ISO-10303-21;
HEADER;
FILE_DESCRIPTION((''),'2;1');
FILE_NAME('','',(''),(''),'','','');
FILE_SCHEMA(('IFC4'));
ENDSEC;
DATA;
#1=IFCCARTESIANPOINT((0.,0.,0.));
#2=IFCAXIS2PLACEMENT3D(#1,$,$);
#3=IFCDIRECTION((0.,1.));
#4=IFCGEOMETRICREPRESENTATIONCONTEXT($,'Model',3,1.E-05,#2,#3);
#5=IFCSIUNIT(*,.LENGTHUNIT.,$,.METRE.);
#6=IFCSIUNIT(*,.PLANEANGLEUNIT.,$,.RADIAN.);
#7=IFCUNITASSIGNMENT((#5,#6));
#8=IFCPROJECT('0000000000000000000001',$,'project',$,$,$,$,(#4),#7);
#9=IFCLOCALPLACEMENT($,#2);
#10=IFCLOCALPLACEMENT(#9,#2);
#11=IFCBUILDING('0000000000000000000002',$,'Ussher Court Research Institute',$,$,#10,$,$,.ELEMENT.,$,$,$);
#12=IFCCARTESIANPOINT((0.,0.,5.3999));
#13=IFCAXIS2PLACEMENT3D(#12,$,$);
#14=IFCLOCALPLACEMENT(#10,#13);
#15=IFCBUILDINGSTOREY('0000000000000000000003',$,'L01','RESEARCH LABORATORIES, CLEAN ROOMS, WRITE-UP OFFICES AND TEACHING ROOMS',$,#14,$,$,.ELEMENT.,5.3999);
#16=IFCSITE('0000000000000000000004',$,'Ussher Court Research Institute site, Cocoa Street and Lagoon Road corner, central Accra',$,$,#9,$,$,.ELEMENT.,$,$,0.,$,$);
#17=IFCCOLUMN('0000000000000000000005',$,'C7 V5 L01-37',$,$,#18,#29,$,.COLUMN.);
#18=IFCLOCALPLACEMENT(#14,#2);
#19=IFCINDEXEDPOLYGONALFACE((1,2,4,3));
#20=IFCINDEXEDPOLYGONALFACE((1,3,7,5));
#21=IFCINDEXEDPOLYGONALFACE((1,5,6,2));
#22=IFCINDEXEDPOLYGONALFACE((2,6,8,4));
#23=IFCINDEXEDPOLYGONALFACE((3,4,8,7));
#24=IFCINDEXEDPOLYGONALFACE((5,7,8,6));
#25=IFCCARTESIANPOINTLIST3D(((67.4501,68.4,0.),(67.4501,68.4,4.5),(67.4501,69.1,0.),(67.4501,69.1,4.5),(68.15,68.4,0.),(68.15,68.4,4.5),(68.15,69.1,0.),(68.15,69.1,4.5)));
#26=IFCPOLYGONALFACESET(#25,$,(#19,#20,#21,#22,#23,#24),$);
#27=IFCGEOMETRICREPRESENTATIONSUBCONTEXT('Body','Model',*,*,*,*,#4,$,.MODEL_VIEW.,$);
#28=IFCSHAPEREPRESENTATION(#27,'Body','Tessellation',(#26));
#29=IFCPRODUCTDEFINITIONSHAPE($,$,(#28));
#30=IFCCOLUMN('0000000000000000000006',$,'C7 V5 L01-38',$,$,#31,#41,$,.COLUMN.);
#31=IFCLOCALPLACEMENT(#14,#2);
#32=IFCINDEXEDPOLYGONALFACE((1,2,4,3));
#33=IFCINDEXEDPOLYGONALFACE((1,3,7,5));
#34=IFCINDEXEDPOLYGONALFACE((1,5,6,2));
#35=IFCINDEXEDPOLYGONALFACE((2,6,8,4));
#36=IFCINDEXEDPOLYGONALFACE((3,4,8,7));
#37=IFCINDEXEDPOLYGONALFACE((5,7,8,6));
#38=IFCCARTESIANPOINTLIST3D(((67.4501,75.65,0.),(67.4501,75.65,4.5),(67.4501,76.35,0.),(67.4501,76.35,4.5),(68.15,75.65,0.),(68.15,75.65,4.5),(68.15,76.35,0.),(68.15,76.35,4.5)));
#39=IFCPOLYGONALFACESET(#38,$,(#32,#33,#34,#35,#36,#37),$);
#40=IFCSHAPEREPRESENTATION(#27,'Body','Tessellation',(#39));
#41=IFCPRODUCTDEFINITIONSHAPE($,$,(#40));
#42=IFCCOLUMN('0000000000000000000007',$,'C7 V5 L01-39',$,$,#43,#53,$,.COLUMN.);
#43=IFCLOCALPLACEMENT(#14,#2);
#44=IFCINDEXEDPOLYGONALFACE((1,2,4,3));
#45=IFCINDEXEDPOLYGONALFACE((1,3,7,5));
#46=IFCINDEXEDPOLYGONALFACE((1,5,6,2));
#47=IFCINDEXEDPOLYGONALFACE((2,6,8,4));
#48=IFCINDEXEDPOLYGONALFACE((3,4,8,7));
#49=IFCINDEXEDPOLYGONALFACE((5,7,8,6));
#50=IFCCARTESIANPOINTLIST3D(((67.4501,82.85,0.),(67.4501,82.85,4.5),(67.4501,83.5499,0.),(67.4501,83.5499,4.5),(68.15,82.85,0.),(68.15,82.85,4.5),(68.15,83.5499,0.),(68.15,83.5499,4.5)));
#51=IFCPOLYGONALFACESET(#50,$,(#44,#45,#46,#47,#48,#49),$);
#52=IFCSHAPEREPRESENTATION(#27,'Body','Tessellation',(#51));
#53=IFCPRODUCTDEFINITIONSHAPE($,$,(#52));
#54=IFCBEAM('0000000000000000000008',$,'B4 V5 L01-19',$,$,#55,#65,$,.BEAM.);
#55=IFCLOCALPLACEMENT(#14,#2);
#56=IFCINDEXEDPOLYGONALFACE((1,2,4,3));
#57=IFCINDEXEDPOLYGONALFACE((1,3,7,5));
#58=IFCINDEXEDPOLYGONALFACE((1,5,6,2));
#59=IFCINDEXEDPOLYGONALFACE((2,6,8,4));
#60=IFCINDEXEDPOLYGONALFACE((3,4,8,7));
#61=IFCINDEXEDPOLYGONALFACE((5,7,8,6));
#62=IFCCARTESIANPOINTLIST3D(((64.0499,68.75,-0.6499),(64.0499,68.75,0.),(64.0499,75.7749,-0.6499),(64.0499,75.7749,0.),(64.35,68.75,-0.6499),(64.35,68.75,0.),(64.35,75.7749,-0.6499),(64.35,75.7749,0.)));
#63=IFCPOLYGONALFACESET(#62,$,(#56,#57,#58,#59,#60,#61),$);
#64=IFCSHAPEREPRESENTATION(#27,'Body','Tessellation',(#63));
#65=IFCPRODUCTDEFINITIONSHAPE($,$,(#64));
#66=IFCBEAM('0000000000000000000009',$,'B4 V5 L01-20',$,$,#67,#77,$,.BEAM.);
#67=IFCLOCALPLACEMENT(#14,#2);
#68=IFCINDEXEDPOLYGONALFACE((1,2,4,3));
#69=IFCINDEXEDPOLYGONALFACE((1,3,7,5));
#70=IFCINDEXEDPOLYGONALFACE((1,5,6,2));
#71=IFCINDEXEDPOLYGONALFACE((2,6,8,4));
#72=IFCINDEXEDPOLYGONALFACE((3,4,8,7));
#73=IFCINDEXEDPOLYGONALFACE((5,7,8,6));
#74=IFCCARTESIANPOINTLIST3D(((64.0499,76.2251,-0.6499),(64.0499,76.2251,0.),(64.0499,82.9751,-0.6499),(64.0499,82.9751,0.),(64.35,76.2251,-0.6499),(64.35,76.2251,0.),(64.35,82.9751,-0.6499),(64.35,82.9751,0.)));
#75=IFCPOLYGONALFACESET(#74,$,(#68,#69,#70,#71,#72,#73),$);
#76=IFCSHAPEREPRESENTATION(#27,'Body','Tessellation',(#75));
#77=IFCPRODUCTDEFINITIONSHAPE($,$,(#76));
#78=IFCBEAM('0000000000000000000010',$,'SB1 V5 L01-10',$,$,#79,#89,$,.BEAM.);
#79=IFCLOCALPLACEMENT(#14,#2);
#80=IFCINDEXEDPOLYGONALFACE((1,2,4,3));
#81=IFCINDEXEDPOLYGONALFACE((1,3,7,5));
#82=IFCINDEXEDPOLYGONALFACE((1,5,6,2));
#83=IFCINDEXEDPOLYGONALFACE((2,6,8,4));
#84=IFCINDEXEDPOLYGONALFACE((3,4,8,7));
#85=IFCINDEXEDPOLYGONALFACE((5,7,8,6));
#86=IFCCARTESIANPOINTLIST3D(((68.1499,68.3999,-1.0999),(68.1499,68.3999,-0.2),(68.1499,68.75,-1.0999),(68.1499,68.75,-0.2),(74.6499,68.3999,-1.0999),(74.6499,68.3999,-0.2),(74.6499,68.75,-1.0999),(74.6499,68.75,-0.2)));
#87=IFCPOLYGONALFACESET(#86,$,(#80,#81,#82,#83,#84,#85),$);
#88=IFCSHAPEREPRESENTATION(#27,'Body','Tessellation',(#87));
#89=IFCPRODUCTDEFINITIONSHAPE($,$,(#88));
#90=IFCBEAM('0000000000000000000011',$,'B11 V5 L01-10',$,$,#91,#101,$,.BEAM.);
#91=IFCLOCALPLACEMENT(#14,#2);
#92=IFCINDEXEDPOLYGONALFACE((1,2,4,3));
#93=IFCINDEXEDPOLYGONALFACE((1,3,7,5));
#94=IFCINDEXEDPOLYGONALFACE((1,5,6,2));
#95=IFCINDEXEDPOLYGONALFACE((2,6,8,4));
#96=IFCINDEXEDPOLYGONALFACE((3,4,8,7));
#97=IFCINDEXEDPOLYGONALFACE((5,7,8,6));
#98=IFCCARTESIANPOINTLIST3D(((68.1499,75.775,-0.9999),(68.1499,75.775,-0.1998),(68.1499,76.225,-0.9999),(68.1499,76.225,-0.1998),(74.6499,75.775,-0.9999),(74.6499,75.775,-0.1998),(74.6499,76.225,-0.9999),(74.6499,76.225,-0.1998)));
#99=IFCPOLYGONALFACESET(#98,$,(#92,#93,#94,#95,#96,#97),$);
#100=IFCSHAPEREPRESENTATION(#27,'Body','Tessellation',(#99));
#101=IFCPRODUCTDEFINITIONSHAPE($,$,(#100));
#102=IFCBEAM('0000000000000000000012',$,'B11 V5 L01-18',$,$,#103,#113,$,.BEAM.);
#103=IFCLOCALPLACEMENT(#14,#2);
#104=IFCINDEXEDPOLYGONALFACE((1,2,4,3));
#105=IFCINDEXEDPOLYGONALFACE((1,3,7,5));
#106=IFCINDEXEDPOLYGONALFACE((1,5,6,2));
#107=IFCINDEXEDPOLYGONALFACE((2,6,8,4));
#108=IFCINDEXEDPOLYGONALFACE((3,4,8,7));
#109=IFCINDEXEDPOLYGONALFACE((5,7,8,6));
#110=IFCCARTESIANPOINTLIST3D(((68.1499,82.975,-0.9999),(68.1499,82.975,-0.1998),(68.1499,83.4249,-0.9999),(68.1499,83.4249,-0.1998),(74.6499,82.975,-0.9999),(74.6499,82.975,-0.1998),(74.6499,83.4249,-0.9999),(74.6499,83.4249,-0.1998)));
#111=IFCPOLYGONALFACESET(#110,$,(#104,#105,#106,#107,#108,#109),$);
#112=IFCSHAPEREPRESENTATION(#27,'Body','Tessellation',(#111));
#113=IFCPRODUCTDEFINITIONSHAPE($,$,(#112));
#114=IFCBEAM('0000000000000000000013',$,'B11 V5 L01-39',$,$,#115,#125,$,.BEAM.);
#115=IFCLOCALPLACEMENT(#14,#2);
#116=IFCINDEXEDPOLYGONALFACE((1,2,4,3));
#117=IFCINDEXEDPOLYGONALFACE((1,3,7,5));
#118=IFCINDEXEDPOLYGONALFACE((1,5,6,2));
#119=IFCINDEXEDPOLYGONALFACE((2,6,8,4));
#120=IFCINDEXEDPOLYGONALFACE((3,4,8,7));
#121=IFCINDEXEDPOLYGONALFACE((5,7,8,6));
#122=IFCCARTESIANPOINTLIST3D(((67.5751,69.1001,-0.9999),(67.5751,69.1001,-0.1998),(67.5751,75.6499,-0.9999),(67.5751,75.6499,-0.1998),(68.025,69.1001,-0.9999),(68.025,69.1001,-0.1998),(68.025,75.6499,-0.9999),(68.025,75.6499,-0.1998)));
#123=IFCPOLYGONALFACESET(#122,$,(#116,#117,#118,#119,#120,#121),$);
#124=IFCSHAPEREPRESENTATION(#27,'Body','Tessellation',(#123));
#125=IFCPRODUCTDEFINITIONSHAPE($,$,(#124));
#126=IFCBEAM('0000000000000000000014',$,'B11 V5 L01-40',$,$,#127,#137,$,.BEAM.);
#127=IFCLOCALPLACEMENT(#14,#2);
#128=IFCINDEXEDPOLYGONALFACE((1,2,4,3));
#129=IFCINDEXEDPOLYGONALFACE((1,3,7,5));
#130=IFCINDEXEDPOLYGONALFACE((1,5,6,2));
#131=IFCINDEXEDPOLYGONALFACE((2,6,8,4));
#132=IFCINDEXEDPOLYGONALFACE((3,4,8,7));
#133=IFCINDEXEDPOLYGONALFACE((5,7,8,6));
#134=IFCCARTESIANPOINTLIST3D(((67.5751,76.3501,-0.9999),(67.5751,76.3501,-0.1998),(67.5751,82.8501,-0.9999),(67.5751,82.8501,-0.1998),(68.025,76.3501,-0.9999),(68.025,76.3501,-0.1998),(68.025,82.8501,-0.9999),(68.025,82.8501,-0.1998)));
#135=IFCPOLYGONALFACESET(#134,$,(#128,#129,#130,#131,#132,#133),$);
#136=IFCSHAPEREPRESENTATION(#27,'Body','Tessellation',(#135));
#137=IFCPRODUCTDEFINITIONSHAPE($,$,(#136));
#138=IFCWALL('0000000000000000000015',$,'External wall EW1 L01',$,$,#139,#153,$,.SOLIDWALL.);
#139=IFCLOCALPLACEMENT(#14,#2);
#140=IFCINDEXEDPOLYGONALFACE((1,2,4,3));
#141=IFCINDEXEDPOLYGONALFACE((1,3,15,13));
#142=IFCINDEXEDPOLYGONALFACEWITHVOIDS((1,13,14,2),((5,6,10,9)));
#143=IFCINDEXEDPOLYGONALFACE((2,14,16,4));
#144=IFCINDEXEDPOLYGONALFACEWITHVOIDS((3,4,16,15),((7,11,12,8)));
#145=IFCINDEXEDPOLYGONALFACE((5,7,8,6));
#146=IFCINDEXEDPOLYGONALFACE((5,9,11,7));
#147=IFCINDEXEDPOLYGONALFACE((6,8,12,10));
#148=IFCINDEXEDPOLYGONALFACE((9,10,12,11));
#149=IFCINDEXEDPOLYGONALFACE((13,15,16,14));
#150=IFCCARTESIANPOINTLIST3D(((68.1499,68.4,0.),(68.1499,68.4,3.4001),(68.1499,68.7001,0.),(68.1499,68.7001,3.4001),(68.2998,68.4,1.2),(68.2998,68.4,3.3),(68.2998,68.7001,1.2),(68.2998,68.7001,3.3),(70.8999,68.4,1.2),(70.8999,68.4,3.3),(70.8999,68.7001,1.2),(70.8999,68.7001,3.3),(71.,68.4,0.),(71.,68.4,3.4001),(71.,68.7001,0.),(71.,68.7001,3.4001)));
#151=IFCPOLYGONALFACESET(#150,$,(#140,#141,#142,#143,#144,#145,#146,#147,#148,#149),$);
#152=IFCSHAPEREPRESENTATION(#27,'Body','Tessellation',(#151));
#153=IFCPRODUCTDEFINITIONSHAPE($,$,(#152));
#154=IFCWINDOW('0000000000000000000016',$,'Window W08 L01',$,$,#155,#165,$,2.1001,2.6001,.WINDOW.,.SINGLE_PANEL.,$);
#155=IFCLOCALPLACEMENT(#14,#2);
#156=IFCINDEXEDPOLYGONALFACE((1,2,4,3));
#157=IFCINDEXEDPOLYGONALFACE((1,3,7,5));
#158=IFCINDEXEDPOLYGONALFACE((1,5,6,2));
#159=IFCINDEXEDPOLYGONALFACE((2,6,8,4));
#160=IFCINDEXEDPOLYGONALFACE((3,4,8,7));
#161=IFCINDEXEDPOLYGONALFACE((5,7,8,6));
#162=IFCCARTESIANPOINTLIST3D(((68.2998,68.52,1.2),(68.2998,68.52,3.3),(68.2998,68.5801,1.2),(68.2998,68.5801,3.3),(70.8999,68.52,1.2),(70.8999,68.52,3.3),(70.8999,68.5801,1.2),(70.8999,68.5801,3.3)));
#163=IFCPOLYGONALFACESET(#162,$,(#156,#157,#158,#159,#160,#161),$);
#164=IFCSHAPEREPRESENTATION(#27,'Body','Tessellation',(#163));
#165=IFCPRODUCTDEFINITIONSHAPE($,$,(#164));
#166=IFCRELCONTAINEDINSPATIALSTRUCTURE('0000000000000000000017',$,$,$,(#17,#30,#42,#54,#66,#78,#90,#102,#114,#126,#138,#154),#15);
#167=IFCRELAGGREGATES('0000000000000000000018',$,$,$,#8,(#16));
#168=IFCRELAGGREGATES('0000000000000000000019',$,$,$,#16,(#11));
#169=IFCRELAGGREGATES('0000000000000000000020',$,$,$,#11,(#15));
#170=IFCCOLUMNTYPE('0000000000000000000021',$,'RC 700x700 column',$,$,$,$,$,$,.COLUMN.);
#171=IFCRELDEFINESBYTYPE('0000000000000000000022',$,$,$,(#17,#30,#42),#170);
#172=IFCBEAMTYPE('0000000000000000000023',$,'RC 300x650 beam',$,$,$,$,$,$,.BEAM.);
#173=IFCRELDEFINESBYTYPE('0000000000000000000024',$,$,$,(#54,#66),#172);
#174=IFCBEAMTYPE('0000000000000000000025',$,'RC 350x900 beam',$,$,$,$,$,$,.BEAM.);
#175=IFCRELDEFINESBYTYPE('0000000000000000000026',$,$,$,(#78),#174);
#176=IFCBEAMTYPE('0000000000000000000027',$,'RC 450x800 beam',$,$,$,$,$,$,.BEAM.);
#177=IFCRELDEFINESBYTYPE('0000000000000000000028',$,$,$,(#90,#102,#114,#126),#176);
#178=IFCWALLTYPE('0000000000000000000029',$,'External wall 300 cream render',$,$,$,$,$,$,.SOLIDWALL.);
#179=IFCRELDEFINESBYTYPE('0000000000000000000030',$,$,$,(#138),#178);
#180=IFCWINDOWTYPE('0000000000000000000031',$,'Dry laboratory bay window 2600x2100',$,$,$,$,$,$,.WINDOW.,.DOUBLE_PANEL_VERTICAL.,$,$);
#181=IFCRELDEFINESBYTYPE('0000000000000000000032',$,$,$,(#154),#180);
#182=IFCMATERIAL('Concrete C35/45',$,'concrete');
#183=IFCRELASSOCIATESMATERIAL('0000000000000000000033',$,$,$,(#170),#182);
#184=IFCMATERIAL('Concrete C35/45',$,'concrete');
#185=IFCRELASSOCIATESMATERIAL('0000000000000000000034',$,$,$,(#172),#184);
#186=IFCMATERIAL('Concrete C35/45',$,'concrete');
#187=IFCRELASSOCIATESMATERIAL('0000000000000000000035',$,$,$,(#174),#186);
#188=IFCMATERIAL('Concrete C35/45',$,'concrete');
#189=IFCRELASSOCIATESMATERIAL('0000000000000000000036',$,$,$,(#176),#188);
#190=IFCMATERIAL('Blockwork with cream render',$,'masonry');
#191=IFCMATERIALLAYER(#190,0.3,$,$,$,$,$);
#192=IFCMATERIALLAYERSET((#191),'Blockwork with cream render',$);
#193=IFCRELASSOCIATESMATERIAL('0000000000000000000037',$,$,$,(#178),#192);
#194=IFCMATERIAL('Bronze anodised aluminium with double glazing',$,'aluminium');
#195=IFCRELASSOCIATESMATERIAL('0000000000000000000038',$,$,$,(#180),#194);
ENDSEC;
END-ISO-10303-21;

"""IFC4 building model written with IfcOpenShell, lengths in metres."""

from ifc_helpers import new_model, si_unit, direction, frame, frame_2d, origin, origin_2d, place, context, subcontext, project, spatial, rectangle, extrude, material, layer, layer_set, material_profile, profile_set, type_object, element, fill, save


model = new_model("IFC4")

# Units and contexts
model_context = context("Model", 3, precision=1e-05, world=origin(), true_north=direction((0.0, 1.0)))
body_context = subcontext(model_context, "Body", "Model", "MODEL_VIEW")
ifc_project = project(units=[si_unit("LENGTHUNIT", "METRE"), si_unit("PLANEANGLEUNIT", "RADIAN")], contexts=[model_context])

# Site, building, storey
site_placement = place(None, origin())
site = spatial("IfcSite", under=ifc_project, at=site_placement, Name="Ussher Court Research Institute site, Cocoa Street and Lagoon Road corner, central Accra", CompositionType="ELEMENT", RefElevation=0.0)
building_placement = place(site_placement, origin())
building = spatial("IfcBuilding", under=site, at=building_placement, Name="Ussher Court Research Institute", CompositionType="ELEMENT")
storey_placement = place(building_placement, frame((0.0, 0.0, 5.3999)))
storey = spatial("IfcBuildingStorey", under=building, at=storey_placement, Name="L01", Description="RESEARCH LABORATORIES, CLEAN ROOMS, WRITE-UP OFFICES AND TEACHING ROOMS", CompositionType="ELEMENT", Elevation=5.3999)

# Columns
ifc_material_1 = material(Name="Concrete C35/45", Category="concrete")
ifc_material_profile_1 = material_profile(ifc_material_1, rectangle(XDim=0.7, YDim=0.7, at=origin_2d()), Name="RC 700x700")
ifc_profile_set_1 = profile_set([ifc_material_profile_1], Name="Concrete C35/45")
column_type = type_object("IfcColumnType", Name="RC 700x700 column", PredefinedType="COLUMN", material=ifc_profile_set_1)
for number, where, z_axis, x_axis, name in (
    (1, (67.8, 68.75, 0.0), (0.0, 0.0, 1.0), (1.0, 0.0, 0.0), "C7 V5 L01-37"),
    (2, (67.8, 76.0, 0.0), (0.0, 0.0, 1.0), (1.0, 0.0, 0.0), "C7 V5 L01-38"),
    (3, (67.8, 83.2, 0.0), (0.0, 0.0, 1.0), (1.0, 0.0, 0.0), "C7 V5 L01-39"),
):
    element("IfcColumn", number, at=place(storey_placement, frame(where, z_axis=z_axis, x_axis=x_axis)), inside=storey, type_object=column_type, Name=name, PredefinedType="COLUMN", context=body_context, shape_type="SweptSolid", body=[
        extrude(rectangle(XDim=0.7, YDim=0.7, at=origin_2d()), origin(), (0.0, 0.0, 1.0), 4.5),
    ])

# Beams
ifc_material_2 = material(Name="Concrete C35/45", Category="concrete")
ifc_material_profile_2 = material_profile(ifc_material_2, rectangle(XDim=0.3, YDim=0.6499, at=origin_2d()), Name="RC 300x650")
ifc_profile_set_2 = profile_set([ifc_material_profile_2], Name="Concrete C35/45")
beam_type_1 = type_object("IfcBeamType", Name="RC 300x650 beam", PredefinedType="BEAM", material=ifc_profile_set_2)
beam_1_placement = place(storey_placement, frame((64.2, 68.75, -0.325), z_axis=(0.0, 1.0, 0.0), x_axis=(-1.0, 0.0, 0.0)))
element("IfcBeam", 4, at=beam_1_placement, inside=storey, type_object=beam_type_1, Name="B4 V5 L01-19", PredefinedType="BEAM", context=body_context, shape_type="SweptSolid", body=[
    extrude(rectangle(XDim=0.3, YDim=0.6499, at=origin_2d()), origin(), (0.0, 0.0, 1.0), 7.0249),
])
beam_2_placement = place(storey_placement, frame((64.2, 76.2251, -0.325), z_axis=(0.0, 1.0, 0.0), x_axis=(-1.0, 0.0, 0.0)))
element("IfcBeam", 5, at=beam_2_placement, inside=storey, type_object=beam_type_1, Name="B4 V5 L01-20", PredefinedType="BEAM", context=body_context, shape_type="SweptSolid", body=[
    extrude(rectangle(XDim=0.3, YDim=0.6499, at=origin_2d()), origin(), (0.0, 0.0, 1.0), 6.75),
])
ifc_material_3 = material(Name="Concrete C35/45", Category="concrete")
ifc_material_profile_3 = material_profile(ifc_material_3, rectangle(XDim=0.3501, YDim=0.8999, at=origin_2d()), Name="RC 350x900")
ifc_profile_set_3 = profile_set([ifc_material_profile_3], Name="Concrete C35/45")
beam_type_2 = type_object("IfcBeamType", Name="RC 350x900 beam", PredefinedType="BEAM", material=ifc_profile_set_3)
beam_3_placement = place(storey_placement, frame((68.1499, 68.575, -0.6499), z_axis=(1.0, 0.0, 0.0), x_axis=(0.0, 1.0, 0.0)))
element("IfcBeam", 6, at=beam_3_placement, inside=storey, type_object=beam_type_2, Name="SB1 V5 L01-10", PredefinedType="BEAM", context=body_context, shape_type="SweptSolid", body=[
    extrude(rectangle(XDim=0.3501, YDim=0.8999, at=origin_2d()), origin(), (0.0, 0.0, 1.0), 6.5),
])
ifc_material_4 = material(Name="Concrete C35/45", Category="concrete")
ifc_material_profile_4 = material_profile(ifc_material_4, rectangle(XDim=0.45, YDim=0.8, at=origin_2d()), Name="RC 450x800")
ifc_profile_set_4 = profile_set([ifc_material_profile_4], Name="Concrete C35/45")
beam_type_3 = type_object("IfcBeamType", Name="RC 450x800 beam", PredefinedType="BEAM", material=ifc_profile_set_4)
for number, where, z_axis, x_axis, name in (
    (7, (68.1499, 76.0, -0.5999), (1.0, 0.0, 0.0), (0.0, 1.0, 0.0), "B11 V5 L01-10"),
    (8, (68.1499, 83.2, -0.5999), (1.0, 0.0, 0.0), (0.0, 1.0, 0.0), "B11 V5 L01-18"),
):
    element("IfcBeam", number, at=place(storey_placement, frame(where, z_axis=z_axis, x_axis=x_axis)), inside=storey, type_object=beam_type_3, Name=name, PredefinedType="BEAM", context=body_context, shape_type="SweptSolid", body=[
        extrude(rectangle(XDim=0.45, YDim=0.8, at=origin_2d()), origin(), (0.0, 0.0, 1.0), 6.5),
    ])
beam_4_placement = place(storey_placement, frame((67.8, 69.1001, -0.5999), z_axis=(0.0, 1.0, 0.0), x_axis=(-1.0, 0.0, 0.0)))
element("IfcBeam", 9, at=beam_4_placement, inside=storey, type_object=beam_type_3, Name="B11 V5 L01-39", PredefinedType="BEAM", context=body_context, shape_type="SweptSolid", body=[
    extrude(rectangle(XDim=0.45, YDim=0.8, at=origin_2d()), origin(), (0.0, 0.0, 1.0), 6.5498),
])
beam_5_placement = place(storey_placement, frame((67.8, 76.3501, -0.5999), z_axis=(0.0, 1.0, 0.0), x_axis=(-1.0, 0.0, 0.0)))
element("IfcBeam", 10, at=beam_5_placement, inside=storey, type_object=beam_type_3, Name="B11 V5 L01-40", PredefinedType="BEAM", context=body_context, shape_type="SweptSolid", body=[
    extrude(rectangle(XDim=0.45, YDim=0.8, at=origin_2d()), origin(), (0.0, 0.0, 1.0), 6.5),
])

# Wall, opening, window
ifc_material_5 = material(Name="Blockwork with cream render", Category="masonry")
ifc_layer_1 = layer(ifc_material_5, 0.3)
ifc_layer_set_1 = layer_set([ifc_layer_1], Name="Blockwork with cream render")
wall_type_1 = type_object("IfcWallType", Name="External wall 300 cream render", PredefinedType="SOLIDWALL", material=ifc_layer_set_1)
wall_1_placement = place(storey_placement, frame((71.0, 68.55, 0.0), z_axis=(0.0, 0.0, 1.0), x_axis=(-1.0, 0.0, 0.0)))
wall_1 = element("IfcWall", 11, at=wall_1_placement, inside=storey, type_object=wall_type_1, Name="External wall EW1 L01", PredefinedType="SOLIDWALL", context=body_context, shape_type="SweptSolid", body=[
    extrude(rectangle(XDim=2.8501, YDim=0.3, at=frame_2d((1.425, 0.0))), origin(), (0.0, 0.0, 1.0), 3.4001),
])
opening_1_placement = place(wall_1_placement, frame((0.1001, 0.0, 1.2)))
opening_1 = element("IfcOpeningElement", 12, at=opening_1_placement, cuts=wall_1, PredefinedType="OPENING", context=body_context, shape_type="SweptSolid", body=[
    extrude(rectangle(XDim=2.6001, YDim=2.1001, at=frame_2d((1.3, 1.05))), frame((0.0, 0.1602, 0.0), z_axis=(0.0, -1.0, 0.0), x_axis=(1.0, 0.0, 0.0)), (0.0, 0.0, 1.0), 0.3201),
])
ifc_material_6 = material(Name="Bronze anodised aluminium with double glazing", Category="aluminium")
window_type = type_object("IfcWindowType", Name="Dry laboratory bay window 2600x2100", PartitioningType="DOUBLE_PANEL_VERTICAL", PredefinedType="WINDOW", material=ifc_material_6)
window_1_placement = place(opening_1_placement, origin())
window_1 = element("IfcWindow", 13, at=window_1_placement, inside=storey, type_object=window_type, Name="Window W08 L01", OverallHeight=2.1001, OverallWidth=2.6001, PartitioningType="SINGLE_PANEL", PredefinedType="WINDOW", context=body_context, shape_type="SweptSolid", body=[
    extrude(rectangle(XDim=2.6001, YDim=2.1001, at=frame_2d((1.3, 1.05))), frame((0.0, 0.03, 0.0), z_axis=(0.0, -1.0, 0.0), x_axis=(1.0, 0.0, 0.0)), (0.0, 0.0, 1.0), 0.0601),
])
fill(opening_1, window_1)

save(model, "model.ifc")
